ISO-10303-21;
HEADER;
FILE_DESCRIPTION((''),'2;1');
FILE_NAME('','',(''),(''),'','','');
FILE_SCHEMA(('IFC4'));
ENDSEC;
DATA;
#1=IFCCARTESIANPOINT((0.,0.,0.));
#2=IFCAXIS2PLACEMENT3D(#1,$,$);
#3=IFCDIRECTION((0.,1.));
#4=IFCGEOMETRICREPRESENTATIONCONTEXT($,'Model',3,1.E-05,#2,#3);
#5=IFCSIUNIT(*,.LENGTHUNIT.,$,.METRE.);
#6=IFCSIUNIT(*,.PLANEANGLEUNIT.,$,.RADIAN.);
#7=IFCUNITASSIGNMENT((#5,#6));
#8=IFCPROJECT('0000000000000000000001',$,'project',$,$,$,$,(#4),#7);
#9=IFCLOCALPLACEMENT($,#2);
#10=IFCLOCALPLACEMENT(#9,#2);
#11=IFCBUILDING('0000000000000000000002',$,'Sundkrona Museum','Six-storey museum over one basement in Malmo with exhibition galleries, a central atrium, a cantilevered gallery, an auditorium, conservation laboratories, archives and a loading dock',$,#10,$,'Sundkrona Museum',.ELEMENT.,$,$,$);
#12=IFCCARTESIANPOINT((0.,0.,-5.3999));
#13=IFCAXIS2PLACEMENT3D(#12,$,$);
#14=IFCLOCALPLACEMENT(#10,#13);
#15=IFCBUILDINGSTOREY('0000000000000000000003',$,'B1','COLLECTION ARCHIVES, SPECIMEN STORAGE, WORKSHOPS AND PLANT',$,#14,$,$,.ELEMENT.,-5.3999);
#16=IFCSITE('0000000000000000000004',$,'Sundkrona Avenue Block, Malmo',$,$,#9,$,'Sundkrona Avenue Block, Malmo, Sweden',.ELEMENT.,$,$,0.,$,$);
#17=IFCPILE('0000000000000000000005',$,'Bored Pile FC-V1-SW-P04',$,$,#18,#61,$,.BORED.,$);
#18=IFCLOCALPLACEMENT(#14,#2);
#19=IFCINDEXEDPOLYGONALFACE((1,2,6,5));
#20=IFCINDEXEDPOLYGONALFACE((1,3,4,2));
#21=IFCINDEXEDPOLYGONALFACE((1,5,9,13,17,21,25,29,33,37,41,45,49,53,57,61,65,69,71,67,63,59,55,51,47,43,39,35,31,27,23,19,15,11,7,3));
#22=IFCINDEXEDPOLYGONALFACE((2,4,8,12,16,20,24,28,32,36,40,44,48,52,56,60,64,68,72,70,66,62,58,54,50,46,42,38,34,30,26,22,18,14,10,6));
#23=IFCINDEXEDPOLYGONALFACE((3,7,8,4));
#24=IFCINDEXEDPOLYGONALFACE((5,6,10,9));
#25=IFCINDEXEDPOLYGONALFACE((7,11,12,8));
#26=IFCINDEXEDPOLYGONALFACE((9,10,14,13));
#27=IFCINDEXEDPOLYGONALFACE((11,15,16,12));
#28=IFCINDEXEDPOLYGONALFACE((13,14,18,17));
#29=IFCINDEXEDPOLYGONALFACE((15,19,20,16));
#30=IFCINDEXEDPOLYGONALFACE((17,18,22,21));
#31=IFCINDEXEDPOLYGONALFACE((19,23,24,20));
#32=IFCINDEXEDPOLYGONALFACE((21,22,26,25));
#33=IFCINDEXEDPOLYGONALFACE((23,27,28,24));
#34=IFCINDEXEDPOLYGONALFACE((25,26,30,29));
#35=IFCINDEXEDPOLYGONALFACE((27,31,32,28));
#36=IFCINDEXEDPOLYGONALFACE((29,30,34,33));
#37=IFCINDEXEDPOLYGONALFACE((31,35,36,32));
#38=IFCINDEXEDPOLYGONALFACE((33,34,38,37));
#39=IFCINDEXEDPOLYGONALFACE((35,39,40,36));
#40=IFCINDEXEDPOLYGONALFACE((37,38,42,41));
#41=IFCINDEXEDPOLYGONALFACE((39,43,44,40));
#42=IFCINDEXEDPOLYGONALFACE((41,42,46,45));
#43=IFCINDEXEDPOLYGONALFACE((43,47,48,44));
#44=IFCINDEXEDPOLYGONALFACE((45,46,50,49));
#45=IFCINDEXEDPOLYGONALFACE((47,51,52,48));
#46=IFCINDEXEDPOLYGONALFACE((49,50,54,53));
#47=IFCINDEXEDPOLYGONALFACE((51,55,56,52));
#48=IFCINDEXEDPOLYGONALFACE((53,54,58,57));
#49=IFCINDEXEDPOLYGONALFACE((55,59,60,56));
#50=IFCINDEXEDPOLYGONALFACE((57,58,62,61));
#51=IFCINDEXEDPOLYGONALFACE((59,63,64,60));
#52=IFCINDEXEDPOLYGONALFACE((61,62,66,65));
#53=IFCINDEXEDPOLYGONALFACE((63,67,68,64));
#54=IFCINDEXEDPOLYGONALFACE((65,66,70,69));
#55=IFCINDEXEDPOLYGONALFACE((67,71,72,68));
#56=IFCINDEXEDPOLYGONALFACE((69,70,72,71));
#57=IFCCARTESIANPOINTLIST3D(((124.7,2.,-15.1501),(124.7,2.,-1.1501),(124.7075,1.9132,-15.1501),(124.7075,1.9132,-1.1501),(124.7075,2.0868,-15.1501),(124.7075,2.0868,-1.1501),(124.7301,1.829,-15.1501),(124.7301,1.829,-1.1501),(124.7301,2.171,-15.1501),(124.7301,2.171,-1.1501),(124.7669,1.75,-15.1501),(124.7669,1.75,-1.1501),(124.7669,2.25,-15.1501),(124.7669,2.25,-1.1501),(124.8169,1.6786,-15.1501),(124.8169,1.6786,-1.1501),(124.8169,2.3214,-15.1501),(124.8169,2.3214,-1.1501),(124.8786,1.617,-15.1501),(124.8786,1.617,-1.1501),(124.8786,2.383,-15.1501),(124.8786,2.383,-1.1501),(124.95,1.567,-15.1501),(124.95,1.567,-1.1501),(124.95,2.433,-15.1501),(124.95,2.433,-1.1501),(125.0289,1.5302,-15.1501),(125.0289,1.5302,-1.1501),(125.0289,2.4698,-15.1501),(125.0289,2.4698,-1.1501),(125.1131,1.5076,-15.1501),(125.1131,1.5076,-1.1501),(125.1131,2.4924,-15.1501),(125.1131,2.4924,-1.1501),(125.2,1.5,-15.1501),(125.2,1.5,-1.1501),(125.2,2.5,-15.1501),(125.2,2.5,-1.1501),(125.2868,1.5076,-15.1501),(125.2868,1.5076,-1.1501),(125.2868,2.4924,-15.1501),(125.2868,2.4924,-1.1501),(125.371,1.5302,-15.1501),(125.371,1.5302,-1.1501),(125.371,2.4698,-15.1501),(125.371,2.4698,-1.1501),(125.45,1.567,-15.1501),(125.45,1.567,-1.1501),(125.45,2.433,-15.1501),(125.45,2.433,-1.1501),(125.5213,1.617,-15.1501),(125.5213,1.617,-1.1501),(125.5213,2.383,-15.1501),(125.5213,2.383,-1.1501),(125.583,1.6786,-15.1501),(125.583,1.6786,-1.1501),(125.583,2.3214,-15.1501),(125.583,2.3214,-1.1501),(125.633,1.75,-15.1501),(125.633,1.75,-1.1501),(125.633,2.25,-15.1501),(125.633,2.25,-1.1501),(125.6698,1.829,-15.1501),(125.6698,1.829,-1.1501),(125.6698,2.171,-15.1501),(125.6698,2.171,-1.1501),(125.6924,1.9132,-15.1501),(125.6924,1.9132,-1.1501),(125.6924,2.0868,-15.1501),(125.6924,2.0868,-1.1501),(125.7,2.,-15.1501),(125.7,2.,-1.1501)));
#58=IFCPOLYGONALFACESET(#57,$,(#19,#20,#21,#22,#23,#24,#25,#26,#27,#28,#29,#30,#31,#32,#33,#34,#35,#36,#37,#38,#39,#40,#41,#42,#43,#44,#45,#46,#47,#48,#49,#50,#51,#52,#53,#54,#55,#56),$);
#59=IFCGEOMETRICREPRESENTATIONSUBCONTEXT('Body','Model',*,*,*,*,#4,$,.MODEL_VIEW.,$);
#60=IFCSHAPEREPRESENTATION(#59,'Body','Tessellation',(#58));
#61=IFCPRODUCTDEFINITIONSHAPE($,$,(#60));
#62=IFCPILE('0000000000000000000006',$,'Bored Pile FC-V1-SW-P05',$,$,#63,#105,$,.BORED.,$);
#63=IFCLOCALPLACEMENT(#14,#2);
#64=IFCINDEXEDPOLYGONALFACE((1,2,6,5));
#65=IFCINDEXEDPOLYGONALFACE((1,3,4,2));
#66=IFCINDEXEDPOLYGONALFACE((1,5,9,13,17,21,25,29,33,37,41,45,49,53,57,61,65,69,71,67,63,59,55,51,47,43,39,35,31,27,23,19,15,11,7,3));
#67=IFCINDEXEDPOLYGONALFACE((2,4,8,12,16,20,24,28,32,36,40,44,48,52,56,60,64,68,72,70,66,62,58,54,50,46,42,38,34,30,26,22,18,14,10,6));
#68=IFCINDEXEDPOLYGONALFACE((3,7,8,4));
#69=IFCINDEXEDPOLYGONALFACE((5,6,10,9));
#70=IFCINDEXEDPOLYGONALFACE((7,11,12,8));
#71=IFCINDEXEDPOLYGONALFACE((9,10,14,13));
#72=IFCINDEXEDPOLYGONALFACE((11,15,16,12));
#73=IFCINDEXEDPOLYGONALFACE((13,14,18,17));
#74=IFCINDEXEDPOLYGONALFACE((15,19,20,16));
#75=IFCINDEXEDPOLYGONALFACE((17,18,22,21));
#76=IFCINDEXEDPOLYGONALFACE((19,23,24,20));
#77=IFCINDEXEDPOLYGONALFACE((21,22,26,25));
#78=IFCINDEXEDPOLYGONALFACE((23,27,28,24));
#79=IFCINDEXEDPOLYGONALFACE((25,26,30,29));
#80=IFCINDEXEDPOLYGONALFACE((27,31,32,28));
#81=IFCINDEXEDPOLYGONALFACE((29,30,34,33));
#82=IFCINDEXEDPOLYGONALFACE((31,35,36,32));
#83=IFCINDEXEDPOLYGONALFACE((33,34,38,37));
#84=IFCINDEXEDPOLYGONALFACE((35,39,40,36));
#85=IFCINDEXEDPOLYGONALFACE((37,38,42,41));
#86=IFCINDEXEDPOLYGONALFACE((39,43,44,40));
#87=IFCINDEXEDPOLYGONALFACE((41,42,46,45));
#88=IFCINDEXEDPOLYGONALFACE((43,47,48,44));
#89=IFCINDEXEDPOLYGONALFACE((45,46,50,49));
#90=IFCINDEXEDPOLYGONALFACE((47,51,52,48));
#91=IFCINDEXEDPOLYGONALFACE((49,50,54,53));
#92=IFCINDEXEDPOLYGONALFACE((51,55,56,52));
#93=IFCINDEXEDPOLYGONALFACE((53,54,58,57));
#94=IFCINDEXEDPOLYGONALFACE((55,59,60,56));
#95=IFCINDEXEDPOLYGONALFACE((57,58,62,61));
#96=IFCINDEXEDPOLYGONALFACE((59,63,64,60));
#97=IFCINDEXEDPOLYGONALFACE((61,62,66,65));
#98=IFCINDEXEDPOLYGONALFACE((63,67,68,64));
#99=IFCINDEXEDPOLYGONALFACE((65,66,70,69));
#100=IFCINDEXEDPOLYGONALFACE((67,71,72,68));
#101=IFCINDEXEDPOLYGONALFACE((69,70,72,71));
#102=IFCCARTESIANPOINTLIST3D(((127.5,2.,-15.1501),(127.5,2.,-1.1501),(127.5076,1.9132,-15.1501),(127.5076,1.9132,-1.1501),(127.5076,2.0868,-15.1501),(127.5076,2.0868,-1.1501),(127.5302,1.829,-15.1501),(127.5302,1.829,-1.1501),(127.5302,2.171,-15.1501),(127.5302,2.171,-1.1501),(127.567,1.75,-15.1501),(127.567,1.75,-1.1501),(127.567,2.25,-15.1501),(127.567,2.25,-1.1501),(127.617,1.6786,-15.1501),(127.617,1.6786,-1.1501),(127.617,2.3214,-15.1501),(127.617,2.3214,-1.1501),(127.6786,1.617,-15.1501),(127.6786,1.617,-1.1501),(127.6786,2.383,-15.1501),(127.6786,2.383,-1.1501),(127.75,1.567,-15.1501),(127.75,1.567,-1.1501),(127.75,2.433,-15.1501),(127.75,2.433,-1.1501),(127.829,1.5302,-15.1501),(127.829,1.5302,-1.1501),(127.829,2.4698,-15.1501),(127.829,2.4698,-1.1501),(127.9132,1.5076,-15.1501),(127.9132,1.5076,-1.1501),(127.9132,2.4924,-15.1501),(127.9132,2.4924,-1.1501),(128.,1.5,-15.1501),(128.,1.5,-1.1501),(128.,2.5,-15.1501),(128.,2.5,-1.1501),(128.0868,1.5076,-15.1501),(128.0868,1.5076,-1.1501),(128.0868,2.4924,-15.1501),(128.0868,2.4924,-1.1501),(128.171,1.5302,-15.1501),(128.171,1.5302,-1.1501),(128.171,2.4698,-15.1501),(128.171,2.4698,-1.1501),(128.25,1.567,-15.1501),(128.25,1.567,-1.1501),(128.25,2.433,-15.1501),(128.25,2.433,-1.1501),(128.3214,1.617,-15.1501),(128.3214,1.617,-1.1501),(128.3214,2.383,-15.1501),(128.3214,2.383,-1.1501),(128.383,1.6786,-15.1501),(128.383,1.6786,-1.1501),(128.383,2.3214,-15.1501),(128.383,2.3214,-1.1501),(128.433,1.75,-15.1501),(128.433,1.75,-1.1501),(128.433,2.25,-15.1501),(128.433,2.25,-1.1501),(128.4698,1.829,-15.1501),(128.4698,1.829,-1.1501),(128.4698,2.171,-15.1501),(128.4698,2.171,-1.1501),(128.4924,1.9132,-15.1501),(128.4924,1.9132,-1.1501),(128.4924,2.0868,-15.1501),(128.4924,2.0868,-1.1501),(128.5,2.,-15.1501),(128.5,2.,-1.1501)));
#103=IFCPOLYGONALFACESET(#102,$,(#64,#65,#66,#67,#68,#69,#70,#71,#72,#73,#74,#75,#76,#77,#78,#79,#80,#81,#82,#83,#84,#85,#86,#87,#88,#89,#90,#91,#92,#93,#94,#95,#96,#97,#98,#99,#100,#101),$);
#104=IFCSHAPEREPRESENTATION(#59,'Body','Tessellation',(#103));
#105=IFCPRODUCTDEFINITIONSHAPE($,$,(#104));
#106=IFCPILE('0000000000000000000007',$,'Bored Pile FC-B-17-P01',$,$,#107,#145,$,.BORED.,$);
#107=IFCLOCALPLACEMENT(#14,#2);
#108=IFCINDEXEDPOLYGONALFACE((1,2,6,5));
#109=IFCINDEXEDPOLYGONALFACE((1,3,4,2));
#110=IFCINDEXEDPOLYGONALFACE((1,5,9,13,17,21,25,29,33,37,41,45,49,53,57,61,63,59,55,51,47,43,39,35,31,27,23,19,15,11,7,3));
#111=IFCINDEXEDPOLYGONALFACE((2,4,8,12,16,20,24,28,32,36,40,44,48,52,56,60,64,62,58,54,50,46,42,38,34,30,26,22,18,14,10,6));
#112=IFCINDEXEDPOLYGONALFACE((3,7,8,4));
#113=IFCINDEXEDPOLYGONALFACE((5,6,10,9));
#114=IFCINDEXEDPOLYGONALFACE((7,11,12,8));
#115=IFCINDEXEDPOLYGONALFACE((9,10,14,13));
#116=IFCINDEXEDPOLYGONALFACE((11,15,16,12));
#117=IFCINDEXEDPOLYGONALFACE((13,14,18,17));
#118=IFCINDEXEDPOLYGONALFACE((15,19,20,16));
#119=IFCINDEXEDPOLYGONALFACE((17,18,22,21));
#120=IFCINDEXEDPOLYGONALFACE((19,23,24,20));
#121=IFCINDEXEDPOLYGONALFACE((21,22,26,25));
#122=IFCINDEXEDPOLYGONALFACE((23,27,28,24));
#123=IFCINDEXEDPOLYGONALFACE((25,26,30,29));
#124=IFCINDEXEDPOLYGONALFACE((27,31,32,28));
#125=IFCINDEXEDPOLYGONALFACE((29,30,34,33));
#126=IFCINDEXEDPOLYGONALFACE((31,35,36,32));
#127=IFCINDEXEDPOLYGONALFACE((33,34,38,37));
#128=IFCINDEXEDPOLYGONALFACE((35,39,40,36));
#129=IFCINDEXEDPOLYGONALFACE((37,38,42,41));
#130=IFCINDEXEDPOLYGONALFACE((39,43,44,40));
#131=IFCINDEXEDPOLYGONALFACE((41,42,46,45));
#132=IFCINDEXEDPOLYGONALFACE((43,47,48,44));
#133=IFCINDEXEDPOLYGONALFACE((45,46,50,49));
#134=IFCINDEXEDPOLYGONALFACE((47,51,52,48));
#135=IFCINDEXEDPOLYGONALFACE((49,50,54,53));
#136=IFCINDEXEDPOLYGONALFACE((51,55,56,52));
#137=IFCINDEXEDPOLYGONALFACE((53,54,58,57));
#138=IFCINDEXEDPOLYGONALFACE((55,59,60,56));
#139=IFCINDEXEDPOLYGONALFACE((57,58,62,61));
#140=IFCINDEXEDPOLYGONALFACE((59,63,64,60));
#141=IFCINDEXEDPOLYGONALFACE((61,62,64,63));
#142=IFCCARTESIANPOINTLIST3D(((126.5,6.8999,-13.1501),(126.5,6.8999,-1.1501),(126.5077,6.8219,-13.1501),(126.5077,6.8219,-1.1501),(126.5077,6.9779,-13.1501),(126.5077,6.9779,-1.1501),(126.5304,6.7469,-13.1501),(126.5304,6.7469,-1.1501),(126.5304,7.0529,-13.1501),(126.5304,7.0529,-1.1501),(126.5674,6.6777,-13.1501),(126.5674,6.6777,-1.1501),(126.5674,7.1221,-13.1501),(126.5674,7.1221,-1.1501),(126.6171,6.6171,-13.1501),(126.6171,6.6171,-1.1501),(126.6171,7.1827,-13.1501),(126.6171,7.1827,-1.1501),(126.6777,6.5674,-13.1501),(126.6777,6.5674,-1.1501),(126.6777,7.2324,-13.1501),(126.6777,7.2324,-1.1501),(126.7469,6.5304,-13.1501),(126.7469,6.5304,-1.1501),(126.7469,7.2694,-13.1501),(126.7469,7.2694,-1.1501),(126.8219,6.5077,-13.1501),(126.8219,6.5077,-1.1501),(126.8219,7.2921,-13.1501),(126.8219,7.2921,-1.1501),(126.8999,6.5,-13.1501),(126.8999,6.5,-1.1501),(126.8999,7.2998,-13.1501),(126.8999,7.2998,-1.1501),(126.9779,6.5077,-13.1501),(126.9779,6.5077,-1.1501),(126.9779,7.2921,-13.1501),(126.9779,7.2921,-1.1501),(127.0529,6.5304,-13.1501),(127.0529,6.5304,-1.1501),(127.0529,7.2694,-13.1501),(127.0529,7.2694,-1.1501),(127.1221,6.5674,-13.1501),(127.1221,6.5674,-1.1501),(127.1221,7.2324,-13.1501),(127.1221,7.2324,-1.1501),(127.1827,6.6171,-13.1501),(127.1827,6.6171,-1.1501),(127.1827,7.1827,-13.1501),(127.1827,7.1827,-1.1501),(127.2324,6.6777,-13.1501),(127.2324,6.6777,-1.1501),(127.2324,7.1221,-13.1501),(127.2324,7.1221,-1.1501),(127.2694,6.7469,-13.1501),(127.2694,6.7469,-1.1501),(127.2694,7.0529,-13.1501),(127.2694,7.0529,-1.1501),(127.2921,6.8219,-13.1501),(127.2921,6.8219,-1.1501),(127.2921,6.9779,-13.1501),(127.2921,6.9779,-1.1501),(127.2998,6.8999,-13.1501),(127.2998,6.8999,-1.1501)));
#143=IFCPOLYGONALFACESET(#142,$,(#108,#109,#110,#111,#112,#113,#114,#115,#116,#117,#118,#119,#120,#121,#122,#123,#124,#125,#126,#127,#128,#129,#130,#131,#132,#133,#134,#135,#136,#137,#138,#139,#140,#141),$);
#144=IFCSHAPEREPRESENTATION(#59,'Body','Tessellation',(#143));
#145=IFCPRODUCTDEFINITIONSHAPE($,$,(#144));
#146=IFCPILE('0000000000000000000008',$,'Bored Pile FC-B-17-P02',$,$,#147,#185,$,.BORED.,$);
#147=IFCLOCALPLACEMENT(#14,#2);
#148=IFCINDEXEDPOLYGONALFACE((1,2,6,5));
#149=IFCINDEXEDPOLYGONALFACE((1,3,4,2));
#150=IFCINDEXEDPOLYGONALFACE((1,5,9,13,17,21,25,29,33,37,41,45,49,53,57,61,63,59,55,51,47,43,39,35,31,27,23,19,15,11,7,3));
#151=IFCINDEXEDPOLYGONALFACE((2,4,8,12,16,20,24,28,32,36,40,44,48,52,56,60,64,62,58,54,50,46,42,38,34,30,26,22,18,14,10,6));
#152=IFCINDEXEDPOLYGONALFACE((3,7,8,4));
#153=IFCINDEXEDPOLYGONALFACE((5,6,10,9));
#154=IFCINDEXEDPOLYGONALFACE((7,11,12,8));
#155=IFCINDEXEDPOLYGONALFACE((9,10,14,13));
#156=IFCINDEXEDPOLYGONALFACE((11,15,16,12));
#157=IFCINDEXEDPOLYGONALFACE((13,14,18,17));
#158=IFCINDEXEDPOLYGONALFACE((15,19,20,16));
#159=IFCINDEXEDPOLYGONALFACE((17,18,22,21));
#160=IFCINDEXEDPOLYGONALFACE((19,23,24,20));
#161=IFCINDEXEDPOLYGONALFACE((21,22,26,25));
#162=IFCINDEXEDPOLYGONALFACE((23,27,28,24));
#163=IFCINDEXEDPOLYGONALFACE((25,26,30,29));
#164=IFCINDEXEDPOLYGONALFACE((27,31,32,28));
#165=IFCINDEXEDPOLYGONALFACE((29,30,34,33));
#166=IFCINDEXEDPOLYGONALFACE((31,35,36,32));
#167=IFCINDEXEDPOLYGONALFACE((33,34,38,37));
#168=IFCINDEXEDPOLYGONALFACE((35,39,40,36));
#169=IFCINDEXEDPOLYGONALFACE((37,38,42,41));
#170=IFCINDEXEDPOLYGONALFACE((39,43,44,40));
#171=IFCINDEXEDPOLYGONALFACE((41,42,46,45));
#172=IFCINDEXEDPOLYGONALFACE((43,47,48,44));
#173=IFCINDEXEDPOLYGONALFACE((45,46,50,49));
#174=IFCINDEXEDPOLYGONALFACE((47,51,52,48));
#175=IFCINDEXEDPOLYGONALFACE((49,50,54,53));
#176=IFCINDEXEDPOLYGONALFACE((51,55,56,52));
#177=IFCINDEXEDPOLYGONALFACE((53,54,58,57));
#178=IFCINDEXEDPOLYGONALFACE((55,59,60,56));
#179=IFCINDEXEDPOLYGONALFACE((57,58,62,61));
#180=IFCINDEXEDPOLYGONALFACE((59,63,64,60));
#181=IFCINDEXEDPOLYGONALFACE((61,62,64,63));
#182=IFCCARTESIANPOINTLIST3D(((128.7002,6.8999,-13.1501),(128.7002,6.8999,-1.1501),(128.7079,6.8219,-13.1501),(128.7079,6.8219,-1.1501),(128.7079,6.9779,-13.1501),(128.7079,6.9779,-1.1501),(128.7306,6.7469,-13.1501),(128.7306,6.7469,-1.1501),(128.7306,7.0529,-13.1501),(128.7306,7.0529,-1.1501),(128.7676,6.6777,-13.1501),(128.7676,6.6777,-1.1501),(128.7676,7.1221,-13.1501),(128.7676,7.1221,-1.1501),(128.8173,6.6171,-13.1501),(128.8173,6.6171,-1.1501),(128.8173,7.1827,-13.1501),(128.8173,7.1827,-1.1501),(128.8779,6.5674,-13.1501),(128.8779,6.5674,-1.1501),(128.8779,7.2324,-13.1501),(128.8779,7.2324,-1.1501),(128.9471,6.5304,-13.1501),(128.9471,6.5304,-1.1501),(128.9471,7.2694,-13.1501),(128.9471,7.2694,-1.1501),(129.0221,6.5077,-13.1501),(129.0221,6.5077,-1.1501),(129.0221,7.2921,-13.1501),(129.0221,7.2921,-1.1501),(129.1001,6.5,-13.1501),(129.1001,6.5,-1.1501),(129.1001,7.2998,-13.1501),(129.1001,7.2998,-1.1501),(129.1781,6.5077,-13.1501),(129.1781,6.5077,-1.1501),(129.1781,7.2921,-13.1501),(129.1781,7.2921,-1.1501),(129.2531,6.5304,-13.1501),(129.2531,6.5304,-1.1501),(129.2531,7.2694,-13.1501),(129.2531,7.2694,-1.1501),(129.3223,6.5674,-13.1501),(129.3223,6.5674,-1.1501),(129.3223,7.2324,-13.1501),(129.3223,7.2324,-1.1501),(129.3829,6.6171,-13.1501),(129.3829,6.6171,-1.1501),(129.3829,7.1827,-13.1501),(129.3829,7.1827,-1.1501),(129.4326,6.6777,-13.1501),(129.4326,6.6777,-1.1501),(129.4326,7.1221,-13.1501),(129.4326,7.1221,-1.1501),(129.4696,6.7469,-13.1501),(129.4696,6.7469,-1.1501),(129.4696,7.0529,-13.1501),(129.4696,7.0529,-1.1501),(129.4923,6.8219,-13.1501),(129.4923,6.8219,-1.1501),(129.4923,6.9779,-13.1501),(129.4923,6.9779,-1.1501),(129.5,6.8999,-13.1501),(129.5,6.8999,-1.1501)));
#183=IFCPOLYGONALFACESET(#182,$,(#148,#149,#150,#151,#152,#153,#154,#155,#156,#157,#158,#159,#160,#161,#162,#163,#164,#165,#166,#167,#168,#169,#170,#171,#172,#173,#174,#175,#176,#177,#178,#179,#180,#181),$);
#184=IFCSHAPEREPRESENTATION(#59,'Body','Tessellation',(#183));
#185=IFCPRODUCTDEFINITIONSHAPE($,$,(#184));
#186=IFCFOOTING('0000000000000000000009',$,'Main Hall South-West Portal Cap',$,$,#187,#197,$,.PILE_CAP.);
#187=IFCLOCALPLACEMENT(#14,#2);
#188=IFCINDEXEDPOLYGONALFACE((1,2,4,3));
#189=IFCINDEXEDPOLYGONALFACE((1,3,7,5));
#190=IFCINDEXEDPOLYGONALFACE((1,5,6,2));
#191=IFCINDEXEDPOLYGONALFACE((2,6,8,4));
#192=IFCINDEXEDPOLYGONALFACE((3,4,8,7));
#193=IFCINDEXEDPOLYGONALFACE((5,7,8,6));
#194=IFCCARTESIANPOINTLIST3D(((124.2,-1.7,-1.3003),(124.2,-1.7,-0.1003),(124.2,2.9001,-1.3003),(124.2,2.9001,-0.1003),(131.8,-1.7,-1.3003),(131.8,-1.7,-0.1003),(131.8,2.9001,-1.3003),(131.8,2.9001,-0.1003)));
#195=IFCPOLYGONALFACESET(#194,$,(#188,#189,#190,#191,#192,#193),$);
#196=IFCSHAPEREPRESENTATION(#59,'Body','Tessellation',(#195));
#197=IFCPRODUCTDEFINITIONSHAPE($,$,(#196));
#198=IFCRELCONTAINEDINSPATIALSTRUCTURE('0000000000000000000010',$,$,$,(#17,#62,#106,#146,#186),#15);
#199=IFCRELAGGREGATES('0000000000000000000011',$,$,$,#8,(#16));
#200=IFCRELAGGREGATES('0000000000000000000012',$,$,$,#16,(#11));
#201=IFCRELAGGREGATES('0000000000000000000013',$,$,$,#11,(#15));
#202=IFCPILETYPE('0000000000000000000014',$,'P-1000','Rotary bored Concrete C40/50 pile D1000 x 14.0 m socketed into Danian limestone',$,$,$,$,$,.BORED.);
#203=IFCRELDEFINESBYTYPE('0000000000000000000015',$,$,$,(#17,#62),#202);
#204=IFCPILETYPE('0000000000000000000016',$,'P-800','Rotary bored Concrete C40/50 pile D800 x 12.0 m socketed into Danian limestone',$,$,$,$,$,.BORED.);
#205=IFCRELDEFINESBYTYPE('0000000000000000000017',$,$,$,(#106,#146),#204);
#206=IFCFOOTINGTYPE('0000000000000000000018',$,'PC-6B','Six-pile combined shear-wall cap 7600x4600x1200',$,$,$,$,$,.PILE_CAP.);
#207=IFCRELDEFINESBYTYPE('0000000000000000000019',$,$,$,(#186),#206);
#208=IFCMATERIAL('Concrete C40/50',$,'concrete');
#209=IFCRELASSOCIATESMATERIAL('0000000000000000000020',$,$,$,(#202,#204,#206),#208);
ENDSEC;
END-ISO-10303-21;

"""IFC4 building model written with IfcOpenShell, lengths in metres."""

from ifc_helpers import new_model, si_unit, direction, frame, origin, origin_2d, place, context, subcontext, project, spatial, rectangle, circle, extrude, material, material_profile, profile_set, type_object, element, save


model = new_model("IFC4")

# Units and contexts
model_context = context("Model", 3, precision=1e-05, world=origin(), true_north=direction((0.0, 1.0)))
body_context = subcontext(model_context, "Body", "Model", "MODEL_VIEW")
ifc_project = project(units=[si_unit("LENGTHUNIT", "METRE"), si_unit("PLANEANGLEUNIT", "RADIAN")], contexts=[model_context])

# Site, building, storey
site_placement = place(None, origin())
site = spatial("IfcSite", under=ifc_project, at=site_placement, Name="Sundkrona Avenue Block, Malmo", LongName="Sundkrona Avenue Block, Malmo, Sweden", CompositionType="ELEMENT", RefElevation=0.0)
building_placement = place(site_placement, origin())
building = spatial("IfcBuilding", under=site, at=building_placement, Name="Sundkrona Museum", Description="Six-storey museum over one basement in Malmo with exhibition galleries, a central atrium, a cantilevered gallery, an auditorium, conservation laboratories, archives and a loading dock", LongName="Sundkrona Museum", CompositionType="ELEMENT")
storey_placement = place(building_placement, frame((0.0, 0.0, -5.3999)))
storey = spatial("IfcBuildingStorey", under=building, at=storey_placement, Name="B1", Description="COLLECTION ARCHIVES, SPECIMEN STORAGE, WORKSHOPS AND PLANT", CompositionType="ELEMENT", Elevation=-5.3999)

# Shared definitions
ifc_material_1 = material(Name="Concrete C40/50", Category="concrete")

# Piles
ifc_material_profile_1 = material_profile(ifc_material_1, circle(Radius=0.5, at=origin_2d()), Name="PILE D1000")
ifc_profile_set_1 = profile_set([ifc_material_profile_1], Name="Concrete C40/50")
pile_type_1 = type_object("IfcPileType", Name="P-1000", Description="Rotary bored Concrete C40/50 pile D1000 x 14.0 m socketed into Danian limestone", PredefinedType="BORED", material=ifc_profile_set_1)
for number, where, z_axis, x_axis, name in (
    (1, (125.2, 2.0, -1.1501), (0.0, 0.0, -1.0), (1.0, 0.0, 0.0), "Bored Pile FC-V1-SW-P04"),
    (2, (128.0, 2.0, -1.1501), (0.0, 0.0, -1.0), (1.0, 0.0, 0.0), "Bored Pile FC-V1-SW-P05"),
):
    element("IfcPile", number, at=place(storey_placement, frame(where, z_axis=z_axis, x_axis=x_axis)), inside=storey, type_object=pile_type_1, Name=name, PredefinedType="BORED", context=body_context, shape_type="SweptSolid", body=[
        extrude(circle(Radius=0.5, at=origin_2d()), origin(), (0.0, 0.0, 1.0), 14.0),
    ])
ifc_material_profile_2 = material_profile(ifc_material_1, circle(Radius=0.3999, at=origin_2d()), Name="PILE D800")
ifc_profile_set_2 = profile_set([ifc_material_profile_2], Name="Concrete C40/50")
pile_type_2 = type_object("IfcPileType", Name="P-800", Description="Rotary bored Concrete C40/50 pile D800 x 12.0 m socketed into Danian limestone", PredefinedType="BORED", material=ifc_profile_set_2)
for number, where, z_axis, x_axis, name in (
    (3, (126.8999, 6.8999, -1.1501), (0.0, 0.0, -1.0), (1.0, 0.0, 0.0), "Bored Pile FC-B-17-P01"),
    (4, (129.1001, 6.8999, -1.1501), (0.0, 0.0, -1.0), (1.0, 0.0, 0.0), "Bored Pile FC-B-17-P02"),
):
    element("IfcPile", number, at=place(storey_placement, frame(where, z_axis=z_axis, x_axis=x_axis)), inside=storey, type_object=pile_type_2, Name=name, PredefinedType="BORED", context=body_context, shape_type="SweptSolid", body=[
        extrude(circle(Radius=0.3999, at=origin_2d()), origin(), (0.0, 0.0, 1.0), 12.0),
    ])

# Footing
footing_type_1 = type_object("IfcFootingType", Name="PC-6B", Description="Six-pile combined shear-wall cap 7600x4600x1200", PredefinedType="PILE_CAP", material=ifc_material_1)
footing_1_placement = place(storey_placement, frame((128.0, 0.6001, -1.3003), z_axis=(0.0, 0.0, 1.0), x_axis=(1.0, 0.0, 0.0)))
element("IfcFooting", 5, at=footing_1_placement, inside=storey, type_object=footing_type_1, Name="Main Hall South-West Portal Cap", PredefinedType="PILE_CAP", context=body_context, shape_type="SweptSolid", body=[
    extrude(rectangle(XDim=7.6001, YDim=4.6001, at=origin_2d()), origin(), (0.0, 0.0, 1.0), 1.2),
])

save(model, "model.ifc")
